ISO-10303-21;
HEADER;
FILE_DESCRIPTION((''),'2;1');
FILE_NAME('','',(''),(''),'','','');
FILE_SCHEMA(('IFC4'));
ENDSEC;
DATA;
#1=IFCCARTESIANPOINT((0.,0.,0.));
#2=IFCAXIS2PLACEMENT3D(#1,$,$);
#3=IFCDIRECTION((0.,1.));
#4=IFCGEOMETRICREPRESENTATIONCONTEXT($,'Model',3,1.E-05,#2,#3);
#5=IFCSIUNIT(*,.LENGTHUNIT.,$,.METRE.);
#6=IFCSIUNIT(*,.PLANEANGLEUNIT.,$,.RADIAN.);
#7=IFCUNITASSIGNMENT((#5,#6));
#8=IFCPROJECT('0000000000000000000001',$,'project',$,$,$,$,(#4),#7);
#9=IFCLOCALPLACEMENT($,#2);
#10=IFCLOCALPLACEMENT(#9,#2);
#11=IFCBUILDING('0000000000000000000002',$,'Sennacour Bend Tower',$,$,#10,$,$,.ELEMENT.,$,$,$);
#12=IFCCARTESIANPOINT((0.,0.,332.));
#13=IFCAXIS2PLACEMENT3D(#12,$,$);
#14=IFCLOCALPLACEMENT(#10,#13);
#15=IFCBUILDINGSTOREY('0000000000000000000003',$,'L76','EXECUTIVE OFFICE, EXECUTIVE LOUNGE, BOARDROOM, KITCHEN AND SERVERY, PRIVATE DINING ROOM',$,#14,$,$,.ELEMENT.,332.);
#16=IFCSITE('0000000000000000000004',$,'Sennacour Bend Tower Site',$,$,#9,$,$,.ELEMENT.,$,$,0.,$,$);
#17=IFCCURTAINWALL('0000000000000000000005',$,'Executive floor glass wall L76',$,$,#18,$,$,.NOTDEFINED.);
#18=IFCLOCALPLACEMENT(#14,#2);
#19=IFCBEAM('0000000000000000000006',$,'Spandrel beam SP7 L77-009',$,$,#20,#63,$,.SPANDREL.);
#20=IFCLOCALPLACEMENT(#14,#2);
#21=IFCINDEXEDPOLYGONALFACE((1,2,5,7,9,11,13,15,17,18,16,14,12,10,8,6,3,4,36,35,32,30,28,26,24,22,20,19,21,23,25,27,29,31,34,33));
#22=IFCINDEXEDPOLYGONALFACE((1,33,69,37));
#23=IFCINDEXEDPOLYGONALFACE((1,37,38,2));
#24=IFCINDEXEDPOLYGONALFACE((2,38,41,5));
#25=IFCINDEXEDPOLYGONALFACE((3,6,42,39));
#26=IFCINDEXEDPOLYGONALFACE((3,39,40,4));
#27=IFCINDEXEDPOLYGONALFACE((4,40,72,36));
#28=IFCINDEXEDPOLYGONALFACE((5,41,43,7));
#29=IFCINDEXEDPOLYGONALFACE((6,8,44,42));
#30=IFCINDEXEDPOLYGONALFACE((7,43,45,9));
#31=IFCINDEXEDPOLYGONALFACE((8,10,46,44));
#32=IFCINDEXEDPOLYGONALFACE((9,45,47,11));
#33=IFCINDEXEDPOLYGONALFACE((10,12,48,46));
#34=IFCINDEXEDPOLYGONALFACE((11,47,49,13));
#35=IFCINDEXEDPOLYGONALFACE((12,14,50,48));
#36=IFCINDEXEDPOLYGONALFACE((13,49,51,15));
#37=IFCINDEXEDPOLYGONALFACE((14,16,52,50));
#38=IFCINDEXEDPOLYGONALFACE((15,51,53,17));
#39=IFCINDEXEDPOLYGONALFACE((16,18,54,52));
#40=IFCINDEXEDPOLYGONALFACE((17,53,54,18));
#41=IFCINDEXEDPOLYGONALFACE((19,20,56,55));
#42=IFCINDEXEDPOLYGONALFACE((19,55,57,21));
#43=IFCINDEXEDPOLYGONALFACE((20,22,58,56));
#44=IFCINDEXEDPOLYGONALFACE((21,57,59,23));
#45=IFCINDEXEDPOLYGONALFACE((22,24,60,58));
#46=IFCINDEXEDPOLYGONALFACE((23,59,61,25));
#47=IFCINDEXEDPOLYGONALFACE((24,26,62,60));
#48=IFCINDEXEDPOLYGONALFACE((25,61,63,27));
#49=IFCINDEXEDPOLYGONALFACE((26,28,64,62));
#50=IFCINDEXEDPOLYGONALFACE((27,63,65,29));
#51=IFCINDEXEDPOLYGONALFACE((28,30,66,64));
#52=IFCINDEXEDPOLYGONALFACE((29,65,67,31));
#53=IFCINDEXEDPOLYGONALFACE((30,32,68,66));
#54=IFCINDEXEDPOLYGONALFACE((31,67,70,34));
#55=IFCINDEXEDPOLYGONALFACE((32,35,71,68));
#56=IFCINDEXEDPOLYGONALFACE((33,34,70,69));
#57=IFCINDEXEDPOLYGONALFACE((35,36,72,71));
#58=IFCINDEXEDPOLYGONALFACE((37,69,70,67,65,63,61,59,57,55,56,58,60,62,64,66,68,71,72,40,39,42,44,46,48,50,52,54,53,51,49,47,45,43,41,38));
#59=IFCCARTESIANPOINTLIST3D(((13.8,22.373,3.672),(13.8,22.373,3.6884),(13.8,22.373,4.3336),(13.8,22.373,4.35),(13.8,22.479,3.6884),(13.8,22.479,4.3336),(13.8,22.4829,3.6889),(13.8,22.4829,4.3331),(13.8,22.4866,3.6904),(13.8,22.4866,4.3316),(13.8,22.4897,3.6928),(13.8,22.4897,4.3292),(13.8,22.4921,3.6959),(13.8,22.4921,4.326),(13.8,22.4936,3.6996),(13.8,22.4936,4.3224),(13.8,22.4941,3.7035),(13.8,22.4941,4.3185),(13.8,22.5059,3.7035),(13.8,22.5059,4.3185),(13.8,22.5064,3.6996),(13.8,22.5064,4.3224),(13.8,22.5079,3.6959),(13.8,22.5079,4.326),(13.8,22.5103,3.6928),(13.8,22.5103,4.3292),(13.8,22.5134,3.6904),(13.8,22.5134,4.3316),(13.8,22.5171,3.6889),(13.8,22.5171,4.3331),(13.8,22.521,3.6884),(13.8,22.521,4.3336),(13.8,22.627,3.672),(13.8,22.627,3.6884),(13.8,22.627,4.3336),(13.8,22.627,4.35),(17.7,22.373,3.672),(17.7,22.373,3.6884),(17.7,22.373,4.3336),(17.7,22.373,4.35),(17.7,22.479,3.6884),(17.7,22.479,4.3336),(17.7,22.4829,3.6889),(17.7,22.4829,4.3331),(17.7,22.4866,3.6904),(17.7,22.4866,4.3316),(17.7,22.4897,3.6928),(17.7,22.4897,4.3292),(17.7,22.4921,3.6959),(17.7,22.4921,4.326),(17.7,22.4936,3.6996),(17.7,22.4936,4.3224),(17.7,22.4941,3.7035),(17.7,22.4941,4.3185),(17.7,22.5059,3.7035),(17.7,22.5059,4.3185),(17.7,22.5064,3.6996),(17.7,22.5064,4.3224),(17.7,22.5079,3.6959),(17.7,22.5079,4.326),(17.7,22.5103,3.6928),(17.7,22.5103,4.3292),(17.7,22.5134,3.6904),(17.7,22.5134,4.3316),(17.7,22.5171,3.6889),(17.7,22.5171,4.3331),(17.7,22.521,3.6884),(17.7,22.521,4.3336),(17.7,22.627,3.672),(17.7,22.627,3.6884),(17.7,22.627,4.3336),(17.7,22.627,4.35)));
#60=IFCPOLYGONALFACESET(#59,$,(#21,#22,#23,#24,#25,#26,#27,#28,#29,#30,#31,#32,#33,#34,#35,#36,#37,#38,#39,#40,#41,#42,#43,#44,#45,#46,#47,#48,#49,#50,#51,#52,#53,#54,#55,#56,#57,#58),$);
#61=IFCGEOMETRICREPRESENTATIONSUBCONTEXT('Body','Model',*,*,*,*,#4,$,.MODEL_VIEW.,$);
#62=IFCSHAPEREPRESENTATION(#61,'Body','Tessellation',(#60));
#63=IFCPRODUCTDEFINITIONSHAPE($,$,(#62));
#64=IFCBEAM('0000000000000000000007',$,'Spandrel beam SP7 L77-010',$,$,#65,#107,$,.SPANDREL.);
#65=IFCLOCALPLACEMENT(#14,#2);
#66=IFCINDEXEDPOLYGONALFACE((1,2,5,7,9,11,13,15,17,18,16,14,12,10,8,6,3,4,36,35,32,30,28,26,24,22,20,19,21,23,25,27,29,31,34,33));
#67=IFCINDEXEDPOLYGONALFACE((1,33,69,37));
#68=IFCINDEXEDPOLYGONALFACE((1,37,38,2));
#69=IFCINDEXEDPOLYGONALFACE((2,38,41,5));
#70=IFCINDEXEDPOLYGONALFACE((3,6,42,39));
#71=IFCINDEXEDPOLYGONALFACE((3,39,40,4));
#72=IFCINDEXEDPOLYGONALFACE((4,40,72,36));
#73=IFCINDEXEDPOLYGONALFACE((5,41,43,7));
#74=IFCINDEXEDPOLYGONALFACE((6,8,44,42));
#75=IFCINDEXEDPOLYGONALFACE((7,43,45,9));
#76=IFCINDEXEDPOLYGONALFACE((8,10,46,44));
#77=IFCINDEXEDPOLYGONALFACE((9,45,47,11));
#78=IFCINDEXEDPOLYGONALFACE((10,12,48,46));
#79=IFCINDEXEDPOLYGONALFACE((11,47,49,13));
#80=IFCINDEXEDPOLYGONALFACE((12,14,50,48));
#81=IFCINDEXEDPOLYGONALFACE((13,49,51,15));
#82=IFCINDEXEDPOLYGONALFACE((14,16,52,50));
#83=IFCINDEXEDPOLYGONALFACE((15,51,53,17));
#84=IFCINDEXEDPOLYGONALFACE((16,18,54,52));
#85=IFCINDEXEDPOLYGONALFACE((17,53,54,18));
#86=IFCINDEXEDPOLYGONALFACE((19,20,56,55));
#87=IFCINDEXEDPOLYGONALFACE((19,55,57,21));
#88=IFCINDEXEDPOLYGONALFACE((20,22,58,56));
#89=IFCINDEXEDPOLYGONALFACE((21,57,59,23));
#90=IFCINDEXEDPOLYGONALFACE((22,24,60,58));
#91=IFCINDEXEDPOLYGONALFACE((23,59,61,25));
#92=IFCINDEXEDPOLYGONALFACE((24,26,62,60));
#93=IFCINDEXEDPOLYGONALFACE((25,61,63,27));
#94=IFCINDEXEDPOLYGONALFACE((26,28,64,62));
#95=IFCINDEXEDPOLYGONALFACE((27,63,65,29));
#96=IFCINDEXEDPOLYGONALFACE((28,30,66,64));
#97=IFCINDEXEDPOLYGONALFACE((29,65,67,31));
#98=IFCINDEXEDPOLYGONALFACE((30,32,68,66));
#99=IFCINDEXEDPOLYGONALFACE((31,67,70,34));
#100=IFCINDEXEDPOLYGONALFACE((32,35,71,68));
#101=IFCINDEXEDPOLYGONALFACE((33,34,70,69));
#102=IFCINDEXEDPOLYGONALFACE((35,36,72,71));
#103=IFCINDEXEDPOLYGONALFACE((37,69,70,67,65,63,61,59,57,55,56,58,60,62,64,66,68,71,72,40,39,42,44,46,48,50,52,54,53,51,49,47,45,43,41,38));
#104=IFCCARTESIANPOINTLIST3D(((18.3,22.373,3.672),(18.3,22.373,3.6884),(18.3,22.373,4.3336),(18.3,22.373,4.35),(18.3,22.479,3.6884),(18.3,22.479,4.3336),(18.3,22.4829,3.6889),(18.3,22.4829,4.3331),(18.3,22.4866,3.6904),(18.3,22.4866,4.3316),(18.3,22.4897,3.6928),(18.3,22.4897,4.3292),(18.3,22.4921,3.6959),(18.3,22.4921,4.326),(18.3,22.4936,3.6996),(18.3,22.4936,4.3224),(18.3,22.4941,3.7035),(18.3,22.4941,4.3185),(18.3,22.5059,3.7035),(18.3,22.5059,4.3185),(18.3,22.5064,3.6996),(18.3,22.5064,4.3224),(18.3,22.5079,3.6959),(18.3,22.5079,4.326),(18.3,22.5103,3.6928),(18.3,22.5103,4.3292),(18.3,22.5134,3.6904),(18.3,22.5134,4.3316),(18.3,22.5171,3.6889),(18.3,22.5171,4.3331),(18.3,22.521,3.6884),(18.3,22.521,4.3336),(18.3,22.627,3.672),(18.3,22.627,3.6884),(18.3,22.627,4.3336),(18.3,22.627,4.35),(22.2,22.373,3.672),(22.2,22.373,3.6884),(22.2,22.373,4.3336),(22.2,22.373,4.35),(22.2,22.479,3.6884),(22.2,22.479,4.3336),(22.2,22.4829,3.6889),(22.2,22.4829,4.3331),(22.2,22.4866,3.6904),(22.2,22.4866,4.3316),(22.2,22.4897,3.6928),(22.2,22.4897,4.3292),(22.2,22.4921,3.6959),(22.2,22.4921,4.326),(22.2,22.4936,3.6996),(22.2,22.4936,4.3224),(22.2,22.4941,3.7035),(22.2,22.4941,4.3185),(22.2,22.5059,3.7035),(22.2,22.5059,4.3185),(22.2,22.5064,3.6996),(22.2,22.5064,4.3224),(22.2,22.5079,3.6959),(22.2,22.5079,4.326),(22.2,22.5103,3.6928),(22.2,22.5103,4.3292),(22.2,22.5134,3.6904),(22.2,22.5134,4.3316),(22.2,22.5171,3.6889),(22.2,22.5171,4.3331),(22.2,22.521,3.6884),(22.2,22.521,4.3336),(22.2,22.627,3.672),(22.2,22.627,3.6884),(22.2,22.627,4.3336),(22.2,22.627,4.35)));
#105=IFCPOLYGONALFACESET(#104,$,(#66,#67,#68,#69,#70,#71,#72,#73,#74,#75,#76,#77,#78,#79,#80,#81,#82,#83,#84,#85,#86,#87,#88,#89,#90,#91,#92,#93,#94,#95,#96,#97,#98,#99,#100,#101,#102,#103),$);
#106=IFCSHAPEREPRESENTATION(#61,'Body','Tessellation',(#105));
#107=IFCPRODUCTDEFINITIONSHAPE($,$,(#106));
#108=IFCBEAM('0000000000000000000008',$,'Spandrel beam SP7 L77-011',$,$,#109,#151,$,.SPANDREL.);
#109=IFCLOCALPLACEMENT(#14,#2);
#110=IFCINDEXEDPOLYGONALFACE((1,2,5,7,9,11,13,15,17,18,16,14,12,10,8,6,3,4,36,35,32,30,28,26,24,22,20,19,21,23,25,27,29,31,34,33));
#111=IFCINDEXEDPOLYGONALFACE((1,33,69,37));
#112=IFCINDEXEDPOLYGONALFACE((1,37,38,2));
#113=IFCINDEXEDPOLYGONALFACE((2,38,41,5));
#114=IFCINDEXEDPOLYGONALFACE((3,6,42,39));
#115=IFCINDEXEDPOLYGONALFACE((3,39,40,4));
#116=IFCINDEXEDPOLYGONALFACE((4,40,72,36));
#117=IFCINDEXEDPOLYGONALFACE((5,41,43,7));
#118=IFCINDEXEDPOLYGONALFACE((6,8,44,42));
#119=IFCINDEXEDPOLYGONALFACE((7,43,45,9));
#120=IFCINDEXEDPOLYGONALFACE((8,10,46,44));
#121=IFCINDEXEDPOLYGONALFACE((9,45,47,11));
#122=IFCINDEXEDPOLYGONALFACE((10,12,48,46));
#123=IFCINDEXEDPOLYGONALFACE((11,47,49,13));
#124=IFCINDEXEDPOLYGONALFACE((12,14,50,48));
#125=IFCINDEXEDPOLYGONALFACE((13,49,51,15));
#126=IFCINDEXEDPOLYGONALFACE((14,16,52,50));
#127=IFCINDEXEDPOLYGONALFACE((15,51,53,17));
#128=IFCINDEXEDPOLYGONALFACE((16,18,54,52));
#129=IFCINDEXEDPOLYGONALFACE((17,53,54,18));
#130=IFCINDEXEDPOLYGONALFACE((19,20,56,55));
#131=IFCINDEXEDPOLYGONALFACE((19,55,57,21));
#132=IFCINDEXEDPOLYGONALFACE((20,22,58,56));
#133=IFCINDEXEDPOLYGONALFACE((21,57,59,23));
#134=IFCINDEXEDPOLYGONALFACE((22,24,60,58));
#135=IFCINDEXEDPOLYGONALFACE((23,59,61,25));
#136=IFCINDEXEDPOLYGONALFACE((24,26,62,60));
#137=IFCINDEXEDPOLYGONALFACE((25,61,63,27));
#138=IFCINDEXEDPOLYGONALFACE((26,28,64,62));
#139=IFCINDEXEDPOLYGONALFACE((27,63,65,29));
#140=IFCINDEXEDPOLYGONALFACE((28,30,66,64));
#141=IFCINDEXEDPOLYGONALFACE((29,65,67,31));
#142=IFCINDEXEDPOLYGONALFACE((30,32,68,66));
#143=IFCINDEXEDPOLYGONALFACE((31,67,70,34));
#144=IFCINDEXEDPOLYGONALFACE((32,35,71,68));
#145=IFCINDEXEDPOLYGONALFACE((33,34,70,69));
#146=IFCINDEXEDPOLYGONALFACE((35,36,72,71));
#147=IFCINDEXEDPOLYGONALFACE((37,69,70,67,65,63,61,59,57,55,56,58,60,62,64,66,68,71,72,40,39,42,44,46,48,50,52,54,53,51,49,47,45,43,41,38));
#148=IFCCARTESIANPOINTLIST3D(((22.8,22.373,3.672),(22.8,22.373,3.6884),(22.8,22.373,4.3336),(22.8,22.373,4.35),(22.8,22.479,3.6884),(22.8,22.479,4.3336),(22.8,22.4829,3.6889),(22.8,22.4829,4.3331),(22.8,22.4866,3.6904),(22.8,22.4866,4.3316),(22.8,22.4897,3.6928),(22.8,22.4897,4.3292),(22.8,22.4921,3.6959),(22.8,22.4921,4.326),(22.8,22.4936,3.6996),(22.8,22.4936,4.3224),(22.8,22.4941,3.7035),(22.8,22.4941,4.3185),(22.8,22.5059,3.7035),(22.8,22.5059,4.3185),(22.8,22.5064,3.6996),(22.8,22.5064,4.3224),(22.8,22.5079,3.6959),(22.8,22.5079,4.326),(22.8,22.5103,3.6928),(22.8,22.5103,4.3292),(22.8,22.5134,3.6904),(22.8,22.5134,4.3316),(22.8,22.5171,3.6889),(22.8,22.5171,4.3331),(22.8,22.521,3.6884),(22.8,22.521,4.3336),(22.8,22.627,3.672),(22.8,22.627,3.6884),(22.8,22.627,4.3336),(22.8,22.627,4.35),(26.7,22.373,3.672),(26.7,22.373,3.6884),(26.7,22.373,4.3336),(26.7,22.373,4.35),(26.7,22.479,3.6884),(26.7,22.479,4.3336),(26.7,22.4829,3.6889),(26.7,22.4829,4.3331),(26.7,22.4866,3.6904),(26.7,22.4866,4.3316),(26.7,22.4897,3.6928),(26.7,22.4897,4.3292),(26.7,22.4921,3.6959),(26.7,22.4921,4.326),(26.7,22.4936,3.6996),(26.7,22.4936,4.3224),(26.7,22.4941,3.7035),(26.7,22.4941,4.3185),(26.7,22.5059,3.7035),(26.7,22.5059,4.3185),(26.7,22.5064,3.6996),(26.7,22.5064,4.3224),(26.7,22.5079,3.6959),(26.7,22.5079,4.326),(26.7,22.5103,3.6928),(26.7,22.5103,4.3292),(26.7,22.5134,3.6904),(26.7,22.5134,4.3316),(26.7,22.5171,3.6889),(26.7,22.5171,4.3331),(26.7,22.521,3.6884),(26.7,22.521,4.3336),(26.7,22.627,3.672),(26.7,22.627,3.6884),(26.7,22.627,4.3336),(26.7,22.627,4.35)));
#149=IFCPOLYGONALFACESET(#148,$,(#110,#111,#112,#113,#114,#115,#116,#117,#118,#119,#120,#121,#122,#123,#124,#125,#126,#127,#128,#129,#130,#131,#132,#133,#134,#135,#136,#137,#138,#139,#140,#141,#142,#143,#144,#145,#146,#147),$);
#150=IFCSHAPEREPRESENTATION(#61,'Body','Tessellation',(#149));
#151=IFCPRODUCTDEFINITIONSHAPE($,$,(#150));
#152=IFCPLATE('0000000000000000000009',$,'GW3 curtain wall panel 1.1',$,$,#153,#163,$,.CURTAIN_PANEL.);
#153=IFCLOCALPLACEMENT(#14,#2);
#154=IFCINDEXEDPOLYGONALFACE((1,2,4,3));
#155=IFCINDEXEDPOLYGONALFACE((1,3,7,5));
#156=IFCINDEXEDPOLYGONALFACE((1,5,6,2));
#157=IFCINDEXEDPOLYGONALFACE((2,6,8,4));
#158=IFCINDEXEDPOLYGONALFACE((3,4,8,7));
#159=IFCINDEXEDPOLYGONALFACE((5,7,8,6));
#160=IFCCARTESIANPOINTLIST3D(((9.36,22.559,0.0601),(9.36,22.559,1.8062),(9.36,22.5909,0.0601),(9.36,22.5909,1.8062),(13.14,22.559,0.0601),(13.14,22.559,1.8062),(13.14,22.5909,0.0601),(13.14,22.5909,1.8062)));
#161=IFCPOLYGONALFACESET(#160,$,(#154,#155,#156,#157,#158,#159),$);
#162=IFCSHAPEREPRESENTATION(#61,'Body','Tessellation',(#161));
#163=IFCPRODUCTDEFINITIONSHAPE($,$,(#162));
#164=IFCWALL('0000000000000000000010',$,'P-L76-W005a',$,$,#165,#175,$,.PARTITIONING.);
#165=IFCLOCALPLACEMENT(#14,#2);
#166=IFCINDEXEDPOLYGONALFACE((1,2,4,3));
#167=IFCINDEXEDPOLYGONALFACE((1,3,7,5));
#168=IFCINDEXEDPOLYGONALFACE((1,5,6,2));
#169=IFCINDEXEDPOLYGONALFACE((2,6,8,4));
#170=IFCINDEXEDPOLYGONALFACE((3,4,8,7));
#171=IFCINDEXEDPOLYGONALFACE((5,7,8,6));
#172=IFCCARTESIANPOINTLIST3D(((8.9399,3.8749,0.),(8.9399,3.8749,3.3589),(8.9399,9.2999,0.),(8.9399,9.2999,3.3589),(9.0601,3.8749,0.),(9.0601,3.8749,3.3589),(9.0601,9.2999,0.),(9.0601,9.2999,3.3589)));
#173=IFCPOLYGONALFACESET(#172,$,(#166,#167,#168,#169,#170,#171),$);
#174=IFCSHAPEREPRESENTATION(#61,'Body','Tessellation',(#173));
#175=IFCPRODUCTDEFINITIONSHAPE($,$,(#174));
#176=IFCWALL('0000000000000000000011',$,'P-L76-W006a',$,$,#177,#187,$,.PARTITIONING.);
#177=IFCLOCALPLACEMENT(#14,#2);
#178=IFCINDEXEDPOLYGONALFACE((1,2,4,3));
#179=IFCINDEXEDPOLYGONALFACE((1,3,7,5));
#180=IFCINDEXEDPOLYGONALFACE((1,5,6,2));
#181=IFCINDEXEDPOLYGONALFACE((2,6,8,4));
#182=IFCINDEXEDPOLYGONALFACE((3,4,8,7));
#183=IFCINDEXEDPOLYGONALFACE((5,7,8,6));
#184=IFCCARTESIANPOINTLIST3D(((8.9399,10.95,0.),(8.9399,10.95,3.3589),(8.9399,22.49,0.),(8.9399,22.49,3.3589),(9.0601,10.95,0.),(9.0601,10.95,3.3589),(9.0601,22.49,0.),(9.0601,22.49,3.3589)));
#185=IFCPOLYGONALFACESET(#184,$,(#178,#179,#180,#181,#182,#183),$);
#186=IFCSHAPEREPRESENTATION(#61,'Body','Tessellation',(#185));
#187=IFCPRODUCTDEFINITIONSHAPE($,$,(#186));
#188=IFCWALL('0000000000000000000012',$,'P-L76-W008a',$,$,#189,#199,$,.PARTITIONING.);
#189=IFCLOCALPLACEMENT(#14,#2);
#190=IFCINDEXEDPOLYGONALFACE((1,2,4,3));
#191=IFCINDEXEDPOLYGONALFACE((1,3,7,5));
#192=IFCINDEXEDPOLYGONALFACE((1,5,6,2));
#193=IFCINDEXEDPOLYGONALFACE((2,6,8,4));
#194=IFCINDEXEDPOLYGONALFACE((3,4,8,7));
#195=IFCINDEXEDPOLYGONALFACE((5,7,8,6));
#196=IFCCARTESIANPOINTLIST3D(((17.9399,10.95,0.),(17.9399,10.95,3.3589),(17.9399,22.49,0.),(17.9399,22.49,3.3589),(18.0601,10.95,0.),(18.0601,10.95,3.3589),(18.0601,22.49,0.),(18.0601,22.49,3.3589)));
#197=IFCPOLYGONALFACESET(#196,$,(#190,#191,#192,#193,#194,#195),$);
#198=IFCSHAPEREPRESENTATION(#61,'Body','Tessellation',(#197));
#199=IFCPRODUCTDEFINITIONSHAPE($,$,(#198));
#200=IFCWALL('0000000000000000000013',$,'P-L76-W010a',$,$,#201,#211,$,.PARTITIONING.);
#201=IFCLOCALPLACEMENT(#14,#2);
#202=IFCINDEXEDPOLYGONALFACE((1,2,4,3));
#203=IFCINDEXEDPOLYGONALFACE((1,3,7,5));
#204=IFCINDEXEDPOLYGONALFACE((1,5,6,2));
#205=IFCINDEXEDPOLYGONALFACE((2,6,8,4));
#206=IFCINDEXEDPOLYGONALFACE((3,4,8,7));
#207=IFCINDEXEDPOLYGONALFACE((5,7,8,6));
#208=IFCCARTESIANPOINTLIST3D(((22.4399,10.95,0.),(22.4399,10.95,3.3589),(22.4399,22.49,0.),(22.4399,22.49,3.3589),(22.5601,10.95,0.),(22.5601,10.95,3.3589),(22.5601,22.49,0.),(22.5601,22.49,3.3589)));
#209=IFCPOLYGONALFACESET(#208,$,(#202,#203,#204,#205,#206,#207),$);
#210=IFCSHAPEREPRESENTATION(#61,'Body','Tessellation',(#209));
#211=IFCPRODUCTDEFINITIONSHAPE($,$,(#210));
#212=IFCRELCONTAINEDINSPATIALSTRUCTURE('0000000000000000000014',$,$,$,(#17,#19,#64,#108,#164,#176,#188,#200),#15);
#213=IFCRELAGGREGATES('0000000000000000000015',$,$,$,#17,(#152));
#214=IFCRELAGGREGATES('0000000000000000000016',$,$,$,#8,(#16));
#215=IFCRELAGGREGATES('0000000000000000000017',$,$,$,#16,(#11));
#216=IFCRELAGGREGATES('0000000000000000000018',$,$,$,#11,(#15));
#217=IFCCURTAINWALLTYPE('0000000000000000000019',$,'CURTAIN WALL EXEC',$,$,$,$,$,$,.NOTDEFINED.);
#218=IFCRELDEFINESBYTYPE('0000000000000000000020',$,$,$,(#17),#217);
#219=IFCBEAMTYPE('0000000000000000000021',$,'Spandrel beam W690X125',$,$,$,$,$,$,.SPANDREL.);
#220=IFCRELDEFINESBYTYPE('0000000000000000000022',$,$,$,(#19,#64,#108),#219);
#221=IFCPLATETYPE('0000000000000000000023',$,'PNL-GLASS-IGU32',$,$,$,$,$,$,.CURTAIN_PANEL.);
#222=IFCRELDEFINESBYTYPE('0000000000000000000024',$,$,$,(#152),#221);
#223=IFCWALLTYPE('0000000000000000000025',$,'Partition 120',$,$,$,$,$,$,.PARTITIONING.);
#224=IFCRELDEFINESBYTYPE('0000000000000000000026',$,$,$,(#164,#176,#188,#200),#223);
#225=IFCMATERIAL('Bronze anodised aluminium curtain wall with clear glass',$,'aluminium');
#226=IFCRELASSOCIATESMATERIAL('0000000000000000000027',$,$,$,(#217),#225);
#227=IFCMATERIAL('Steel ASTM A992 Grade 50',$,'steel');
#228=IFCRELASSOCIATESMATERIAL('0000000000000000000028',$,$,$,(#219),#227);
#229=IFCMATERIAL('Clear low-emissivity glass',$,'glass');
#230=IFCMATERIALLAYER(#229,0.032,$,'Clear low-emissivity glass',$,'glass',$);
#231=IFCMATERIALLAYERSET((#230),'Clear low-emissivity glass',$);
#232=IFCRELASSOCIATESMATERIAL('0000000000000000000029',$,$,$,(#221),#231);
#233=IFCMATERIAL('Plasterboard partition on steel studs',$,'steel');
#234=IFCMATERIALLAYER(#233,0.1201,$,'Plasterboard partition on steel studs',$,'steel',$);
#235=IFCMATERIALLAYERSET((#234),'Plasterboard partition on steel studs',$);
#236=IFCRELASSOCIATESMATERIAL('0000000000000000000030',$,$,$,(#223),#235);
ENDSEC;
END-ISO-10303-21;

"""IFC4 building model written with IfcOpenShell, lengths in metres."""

from ifc_helpers import new_model, si_unit, direction, frame, frame_2d, origin, origin_2d, place, context, subcontext, project, spatial, rectangle, i_section, extrude, material, layer, layer_set, material_profile, profile_set, type_object, element, aggregate, save


model = new_model("IFC4")

# Units and contexts
model_context = context("Model", 3, precision=1e-05, world=origin(), true_north=direction((0.0, 1.0)))
body_context = subcontext(model_context, "Body", "Model", "MODEL_VIEW")
ifc_project = project(units=[si_unit("LENGTHUNIT", "METRE"), si_unit("PLANEANGLEUNIT", "RADIAN")], contexts=[model_context])

# Site, building, storey
site_placement = place(None, origin())
site = spatial("IfcSite", under=ifc_project, at=site_placement, Name="Sennacour Bend Tower Site", CompositionType="ELEMENT", RefElevation=0.0)
building_placement = place(site_placement, origin())
building = spatial("IfcBuilding", under=site, at=building_placement, Name="Sennacour Bend Tower", CompositionType="ELEMENT")
storey_placement = place(building_placement, frame((0.0, 0.0, 332.0)))
storey = spatial("IfcBuildingStorey", under=building, at=storey_placement, Name="L76", Description="EXECUTIVE OFFICE, EXECUTIVE LOUNGE, BOARDROOM, KITCHEN AND SERVERY, PRIVATE DINING ROOM", CompositionType="ELEMENT", Elevation=332.0)

# Curtain wall
ifc_material_1 = material(Name="Bronze anodised aluminium curtain wall with clear glass", Category="aluminium")
curtain_wall_type = type_object("IfcCurtainWallType", Name="CURTAIN WALL EXEC", PredefinedType="NOTDEFINED", material=ifc_material_1)
curtain_wall_1_placement = place(storey_placement, origin())
curtain_wall_1 = element("IfcCurtainWall", 1, at=curtain_wall_1_placement, inside=storey, type_object=curtain_wall_type, Name="Executive floor glass wall L76", PredefinedType="NOTDEFINED")

# Beams
ifc_material_2 = material(Name="Steel ASTM A992 Grade 50", Category="steel")
ifc_material_profile_1 = material_profile(ifc_material_2, i_section(OverallWidth=0.2539, OverallDepth=0.678, WebThickness=0.0117, FlangeThickness=0.0164, FilletRadius=0.0151, at=origin_2d()), Name="Steel ASTM A992 Grade 50", Category="steel")
ifc_profile_set_1 = profile_set([ifc_material_profile_1], Name="Steel ASTM A992 Grade 50")
beam_type = type_object("IfcBeamType", Name="Spandrel beam W690X125", PredefinedType="SPANDREL", material=ifc_profile_set_1)
for number, where, z_axis, x_axis, name in (
    (2, (13.8, 22.5, 4.011), (1.0, 0.0, 0.0), (0.0, 1.0, 0.0), "Spandrel beam SP7 L77-009"),
    (3, (18.3, 22.5, 4.011), (1.0, 0.0, 0.0), (0.0, 1.0, 0.0), "Spandrel beam SP7 L77-010"),
    (4, (22.8, 22.5, 4.011), (1.0, 0.0, 0.0), (0.0, 1.0, 0.0), "Spandrel beam SP7 L77-011"),
):
    element("IfcBeam", number, at=place(storey_placement, frame(where, z_axis=z_axis, x_axis=x_axis)), inside=storey, type_object=beam_type, Name=name, PredefinedType="SPANDREL", context=body_context, shape_type="SweptSolid", body=[
        extrude(i_section(OverallWidth=0.2539, OverallDepth=0.678, WebThickness=0.0117, FlangeThickness=0.0164, FilletRadius=0.0151, at=origin_2d()), origin(), (0.0, 0.0, 1.0), 3.8999),
    ])

# Plate
ifc_material_3 = material(Name="Clear low-emissivity glass", Category="glass")
ifc_layer_1 = layer(ifc_material_3, 0.032, Name="Clear low-emissivity glass", Category="glass")
ifc_layer_set_1 = layer_set([ifc_layer_1], Name="Clear low-emissivity glass")
plate_type = type_object("IfcPlateType", Name="PNL-GLASS-IGU32", PredefinedType="CURTAIN_PANEL", material=ifc_layer_set_1)
plate_placement = place(storey_placement, frame((11.25, 22.575, 0.0601), z_axis=(0.0, 0.0, 1.0), x_axis=(-1.0, 0.0, 0.0)))
plate = element("IfcPlate", 5, at=plate_placement, type_object=plate_type, Name="GW3 curtain wall panel 1.1", PredefinedType="CURTAIN_PANEL", context=body_context, shape_type="SweptSolid", body=[
    extrude(rectangle(XDim=3.78, YDim=0.032, at=origin_2d()), origin(), (0.0, 0.0, 1.0), 1.7461),
])
aggregate(curtain_wall_1, [plate])

# Walls
ifc_material_4 = material(Name="Plasterboard partition on steel studs", Category="steel")
ifc_layer_2 = layer(ifc_material_4, 0.1201, Name="Plasterboard partition on steel studs", Category="steel")
ifc_layer_set_2 = layer_set([ifc_layer_2], Name="Plasterboard partition on steel studs")
wall_type = type_object("IfcWallType", Name="Partition 120", PredefinedType="PARTITIONING", material=ifc_layer_set_2)
wall_1_placement = place(storey_placement, frame((9.0, 3.875, 0.0), z_axis=(0.0, 0.0, 1.0), x_axis=(0.0, 1.0, 0.0)))
element("IfcWall", 6, at=wall_1_placement, inside=storey, type_object=wall_type, Name="P-L76-W005a", PredefinedType="PARTITIONING", context=body_context, shape_type="SweptSolid", body=[
    extrude(rectangle(XDim=5.425, YDim=0.1201, at=frame_2d((2.7124, 0.0))), origin(), (0.0, 0.0, 1.0), 3.3589),
])
for number, where, z_axis, x_axis, name in (
    (7, (9.0, 10.95, 0.0), (0.0, 0.0, 1.0), (0.0, 1.0, 0.0), "P-L76-W006a"),
    (8, (18.0, 10.95, 0.0), (0.0, 0.0, 1.0), (0.0, 1.0, 0.0), "P-L76-W008a"),
    (9, (22.5, 10.95, 0.0), (0.0, 0.0, 1.0), (0.0, 1.0, 0.0), "P-L76-W010a"),
):
    element("IfcWall", number, at=place(storey_placement, frame(where, z_axis=z_axis, x_axis=x_axis)), inside=storey, type_object=wall_type, Name=name, PredefinedType="PARTITIONING", context=body_context, shape_type="SweptSolid", body=[
        extrude(rectangle(XDim=11.54, YDim=0.1201, at=frame_2d((5.77, 0.0))), origin(), (0.0, 0.0, 1.0), 3.3589),
    ])

save(model, "model.ifc")
